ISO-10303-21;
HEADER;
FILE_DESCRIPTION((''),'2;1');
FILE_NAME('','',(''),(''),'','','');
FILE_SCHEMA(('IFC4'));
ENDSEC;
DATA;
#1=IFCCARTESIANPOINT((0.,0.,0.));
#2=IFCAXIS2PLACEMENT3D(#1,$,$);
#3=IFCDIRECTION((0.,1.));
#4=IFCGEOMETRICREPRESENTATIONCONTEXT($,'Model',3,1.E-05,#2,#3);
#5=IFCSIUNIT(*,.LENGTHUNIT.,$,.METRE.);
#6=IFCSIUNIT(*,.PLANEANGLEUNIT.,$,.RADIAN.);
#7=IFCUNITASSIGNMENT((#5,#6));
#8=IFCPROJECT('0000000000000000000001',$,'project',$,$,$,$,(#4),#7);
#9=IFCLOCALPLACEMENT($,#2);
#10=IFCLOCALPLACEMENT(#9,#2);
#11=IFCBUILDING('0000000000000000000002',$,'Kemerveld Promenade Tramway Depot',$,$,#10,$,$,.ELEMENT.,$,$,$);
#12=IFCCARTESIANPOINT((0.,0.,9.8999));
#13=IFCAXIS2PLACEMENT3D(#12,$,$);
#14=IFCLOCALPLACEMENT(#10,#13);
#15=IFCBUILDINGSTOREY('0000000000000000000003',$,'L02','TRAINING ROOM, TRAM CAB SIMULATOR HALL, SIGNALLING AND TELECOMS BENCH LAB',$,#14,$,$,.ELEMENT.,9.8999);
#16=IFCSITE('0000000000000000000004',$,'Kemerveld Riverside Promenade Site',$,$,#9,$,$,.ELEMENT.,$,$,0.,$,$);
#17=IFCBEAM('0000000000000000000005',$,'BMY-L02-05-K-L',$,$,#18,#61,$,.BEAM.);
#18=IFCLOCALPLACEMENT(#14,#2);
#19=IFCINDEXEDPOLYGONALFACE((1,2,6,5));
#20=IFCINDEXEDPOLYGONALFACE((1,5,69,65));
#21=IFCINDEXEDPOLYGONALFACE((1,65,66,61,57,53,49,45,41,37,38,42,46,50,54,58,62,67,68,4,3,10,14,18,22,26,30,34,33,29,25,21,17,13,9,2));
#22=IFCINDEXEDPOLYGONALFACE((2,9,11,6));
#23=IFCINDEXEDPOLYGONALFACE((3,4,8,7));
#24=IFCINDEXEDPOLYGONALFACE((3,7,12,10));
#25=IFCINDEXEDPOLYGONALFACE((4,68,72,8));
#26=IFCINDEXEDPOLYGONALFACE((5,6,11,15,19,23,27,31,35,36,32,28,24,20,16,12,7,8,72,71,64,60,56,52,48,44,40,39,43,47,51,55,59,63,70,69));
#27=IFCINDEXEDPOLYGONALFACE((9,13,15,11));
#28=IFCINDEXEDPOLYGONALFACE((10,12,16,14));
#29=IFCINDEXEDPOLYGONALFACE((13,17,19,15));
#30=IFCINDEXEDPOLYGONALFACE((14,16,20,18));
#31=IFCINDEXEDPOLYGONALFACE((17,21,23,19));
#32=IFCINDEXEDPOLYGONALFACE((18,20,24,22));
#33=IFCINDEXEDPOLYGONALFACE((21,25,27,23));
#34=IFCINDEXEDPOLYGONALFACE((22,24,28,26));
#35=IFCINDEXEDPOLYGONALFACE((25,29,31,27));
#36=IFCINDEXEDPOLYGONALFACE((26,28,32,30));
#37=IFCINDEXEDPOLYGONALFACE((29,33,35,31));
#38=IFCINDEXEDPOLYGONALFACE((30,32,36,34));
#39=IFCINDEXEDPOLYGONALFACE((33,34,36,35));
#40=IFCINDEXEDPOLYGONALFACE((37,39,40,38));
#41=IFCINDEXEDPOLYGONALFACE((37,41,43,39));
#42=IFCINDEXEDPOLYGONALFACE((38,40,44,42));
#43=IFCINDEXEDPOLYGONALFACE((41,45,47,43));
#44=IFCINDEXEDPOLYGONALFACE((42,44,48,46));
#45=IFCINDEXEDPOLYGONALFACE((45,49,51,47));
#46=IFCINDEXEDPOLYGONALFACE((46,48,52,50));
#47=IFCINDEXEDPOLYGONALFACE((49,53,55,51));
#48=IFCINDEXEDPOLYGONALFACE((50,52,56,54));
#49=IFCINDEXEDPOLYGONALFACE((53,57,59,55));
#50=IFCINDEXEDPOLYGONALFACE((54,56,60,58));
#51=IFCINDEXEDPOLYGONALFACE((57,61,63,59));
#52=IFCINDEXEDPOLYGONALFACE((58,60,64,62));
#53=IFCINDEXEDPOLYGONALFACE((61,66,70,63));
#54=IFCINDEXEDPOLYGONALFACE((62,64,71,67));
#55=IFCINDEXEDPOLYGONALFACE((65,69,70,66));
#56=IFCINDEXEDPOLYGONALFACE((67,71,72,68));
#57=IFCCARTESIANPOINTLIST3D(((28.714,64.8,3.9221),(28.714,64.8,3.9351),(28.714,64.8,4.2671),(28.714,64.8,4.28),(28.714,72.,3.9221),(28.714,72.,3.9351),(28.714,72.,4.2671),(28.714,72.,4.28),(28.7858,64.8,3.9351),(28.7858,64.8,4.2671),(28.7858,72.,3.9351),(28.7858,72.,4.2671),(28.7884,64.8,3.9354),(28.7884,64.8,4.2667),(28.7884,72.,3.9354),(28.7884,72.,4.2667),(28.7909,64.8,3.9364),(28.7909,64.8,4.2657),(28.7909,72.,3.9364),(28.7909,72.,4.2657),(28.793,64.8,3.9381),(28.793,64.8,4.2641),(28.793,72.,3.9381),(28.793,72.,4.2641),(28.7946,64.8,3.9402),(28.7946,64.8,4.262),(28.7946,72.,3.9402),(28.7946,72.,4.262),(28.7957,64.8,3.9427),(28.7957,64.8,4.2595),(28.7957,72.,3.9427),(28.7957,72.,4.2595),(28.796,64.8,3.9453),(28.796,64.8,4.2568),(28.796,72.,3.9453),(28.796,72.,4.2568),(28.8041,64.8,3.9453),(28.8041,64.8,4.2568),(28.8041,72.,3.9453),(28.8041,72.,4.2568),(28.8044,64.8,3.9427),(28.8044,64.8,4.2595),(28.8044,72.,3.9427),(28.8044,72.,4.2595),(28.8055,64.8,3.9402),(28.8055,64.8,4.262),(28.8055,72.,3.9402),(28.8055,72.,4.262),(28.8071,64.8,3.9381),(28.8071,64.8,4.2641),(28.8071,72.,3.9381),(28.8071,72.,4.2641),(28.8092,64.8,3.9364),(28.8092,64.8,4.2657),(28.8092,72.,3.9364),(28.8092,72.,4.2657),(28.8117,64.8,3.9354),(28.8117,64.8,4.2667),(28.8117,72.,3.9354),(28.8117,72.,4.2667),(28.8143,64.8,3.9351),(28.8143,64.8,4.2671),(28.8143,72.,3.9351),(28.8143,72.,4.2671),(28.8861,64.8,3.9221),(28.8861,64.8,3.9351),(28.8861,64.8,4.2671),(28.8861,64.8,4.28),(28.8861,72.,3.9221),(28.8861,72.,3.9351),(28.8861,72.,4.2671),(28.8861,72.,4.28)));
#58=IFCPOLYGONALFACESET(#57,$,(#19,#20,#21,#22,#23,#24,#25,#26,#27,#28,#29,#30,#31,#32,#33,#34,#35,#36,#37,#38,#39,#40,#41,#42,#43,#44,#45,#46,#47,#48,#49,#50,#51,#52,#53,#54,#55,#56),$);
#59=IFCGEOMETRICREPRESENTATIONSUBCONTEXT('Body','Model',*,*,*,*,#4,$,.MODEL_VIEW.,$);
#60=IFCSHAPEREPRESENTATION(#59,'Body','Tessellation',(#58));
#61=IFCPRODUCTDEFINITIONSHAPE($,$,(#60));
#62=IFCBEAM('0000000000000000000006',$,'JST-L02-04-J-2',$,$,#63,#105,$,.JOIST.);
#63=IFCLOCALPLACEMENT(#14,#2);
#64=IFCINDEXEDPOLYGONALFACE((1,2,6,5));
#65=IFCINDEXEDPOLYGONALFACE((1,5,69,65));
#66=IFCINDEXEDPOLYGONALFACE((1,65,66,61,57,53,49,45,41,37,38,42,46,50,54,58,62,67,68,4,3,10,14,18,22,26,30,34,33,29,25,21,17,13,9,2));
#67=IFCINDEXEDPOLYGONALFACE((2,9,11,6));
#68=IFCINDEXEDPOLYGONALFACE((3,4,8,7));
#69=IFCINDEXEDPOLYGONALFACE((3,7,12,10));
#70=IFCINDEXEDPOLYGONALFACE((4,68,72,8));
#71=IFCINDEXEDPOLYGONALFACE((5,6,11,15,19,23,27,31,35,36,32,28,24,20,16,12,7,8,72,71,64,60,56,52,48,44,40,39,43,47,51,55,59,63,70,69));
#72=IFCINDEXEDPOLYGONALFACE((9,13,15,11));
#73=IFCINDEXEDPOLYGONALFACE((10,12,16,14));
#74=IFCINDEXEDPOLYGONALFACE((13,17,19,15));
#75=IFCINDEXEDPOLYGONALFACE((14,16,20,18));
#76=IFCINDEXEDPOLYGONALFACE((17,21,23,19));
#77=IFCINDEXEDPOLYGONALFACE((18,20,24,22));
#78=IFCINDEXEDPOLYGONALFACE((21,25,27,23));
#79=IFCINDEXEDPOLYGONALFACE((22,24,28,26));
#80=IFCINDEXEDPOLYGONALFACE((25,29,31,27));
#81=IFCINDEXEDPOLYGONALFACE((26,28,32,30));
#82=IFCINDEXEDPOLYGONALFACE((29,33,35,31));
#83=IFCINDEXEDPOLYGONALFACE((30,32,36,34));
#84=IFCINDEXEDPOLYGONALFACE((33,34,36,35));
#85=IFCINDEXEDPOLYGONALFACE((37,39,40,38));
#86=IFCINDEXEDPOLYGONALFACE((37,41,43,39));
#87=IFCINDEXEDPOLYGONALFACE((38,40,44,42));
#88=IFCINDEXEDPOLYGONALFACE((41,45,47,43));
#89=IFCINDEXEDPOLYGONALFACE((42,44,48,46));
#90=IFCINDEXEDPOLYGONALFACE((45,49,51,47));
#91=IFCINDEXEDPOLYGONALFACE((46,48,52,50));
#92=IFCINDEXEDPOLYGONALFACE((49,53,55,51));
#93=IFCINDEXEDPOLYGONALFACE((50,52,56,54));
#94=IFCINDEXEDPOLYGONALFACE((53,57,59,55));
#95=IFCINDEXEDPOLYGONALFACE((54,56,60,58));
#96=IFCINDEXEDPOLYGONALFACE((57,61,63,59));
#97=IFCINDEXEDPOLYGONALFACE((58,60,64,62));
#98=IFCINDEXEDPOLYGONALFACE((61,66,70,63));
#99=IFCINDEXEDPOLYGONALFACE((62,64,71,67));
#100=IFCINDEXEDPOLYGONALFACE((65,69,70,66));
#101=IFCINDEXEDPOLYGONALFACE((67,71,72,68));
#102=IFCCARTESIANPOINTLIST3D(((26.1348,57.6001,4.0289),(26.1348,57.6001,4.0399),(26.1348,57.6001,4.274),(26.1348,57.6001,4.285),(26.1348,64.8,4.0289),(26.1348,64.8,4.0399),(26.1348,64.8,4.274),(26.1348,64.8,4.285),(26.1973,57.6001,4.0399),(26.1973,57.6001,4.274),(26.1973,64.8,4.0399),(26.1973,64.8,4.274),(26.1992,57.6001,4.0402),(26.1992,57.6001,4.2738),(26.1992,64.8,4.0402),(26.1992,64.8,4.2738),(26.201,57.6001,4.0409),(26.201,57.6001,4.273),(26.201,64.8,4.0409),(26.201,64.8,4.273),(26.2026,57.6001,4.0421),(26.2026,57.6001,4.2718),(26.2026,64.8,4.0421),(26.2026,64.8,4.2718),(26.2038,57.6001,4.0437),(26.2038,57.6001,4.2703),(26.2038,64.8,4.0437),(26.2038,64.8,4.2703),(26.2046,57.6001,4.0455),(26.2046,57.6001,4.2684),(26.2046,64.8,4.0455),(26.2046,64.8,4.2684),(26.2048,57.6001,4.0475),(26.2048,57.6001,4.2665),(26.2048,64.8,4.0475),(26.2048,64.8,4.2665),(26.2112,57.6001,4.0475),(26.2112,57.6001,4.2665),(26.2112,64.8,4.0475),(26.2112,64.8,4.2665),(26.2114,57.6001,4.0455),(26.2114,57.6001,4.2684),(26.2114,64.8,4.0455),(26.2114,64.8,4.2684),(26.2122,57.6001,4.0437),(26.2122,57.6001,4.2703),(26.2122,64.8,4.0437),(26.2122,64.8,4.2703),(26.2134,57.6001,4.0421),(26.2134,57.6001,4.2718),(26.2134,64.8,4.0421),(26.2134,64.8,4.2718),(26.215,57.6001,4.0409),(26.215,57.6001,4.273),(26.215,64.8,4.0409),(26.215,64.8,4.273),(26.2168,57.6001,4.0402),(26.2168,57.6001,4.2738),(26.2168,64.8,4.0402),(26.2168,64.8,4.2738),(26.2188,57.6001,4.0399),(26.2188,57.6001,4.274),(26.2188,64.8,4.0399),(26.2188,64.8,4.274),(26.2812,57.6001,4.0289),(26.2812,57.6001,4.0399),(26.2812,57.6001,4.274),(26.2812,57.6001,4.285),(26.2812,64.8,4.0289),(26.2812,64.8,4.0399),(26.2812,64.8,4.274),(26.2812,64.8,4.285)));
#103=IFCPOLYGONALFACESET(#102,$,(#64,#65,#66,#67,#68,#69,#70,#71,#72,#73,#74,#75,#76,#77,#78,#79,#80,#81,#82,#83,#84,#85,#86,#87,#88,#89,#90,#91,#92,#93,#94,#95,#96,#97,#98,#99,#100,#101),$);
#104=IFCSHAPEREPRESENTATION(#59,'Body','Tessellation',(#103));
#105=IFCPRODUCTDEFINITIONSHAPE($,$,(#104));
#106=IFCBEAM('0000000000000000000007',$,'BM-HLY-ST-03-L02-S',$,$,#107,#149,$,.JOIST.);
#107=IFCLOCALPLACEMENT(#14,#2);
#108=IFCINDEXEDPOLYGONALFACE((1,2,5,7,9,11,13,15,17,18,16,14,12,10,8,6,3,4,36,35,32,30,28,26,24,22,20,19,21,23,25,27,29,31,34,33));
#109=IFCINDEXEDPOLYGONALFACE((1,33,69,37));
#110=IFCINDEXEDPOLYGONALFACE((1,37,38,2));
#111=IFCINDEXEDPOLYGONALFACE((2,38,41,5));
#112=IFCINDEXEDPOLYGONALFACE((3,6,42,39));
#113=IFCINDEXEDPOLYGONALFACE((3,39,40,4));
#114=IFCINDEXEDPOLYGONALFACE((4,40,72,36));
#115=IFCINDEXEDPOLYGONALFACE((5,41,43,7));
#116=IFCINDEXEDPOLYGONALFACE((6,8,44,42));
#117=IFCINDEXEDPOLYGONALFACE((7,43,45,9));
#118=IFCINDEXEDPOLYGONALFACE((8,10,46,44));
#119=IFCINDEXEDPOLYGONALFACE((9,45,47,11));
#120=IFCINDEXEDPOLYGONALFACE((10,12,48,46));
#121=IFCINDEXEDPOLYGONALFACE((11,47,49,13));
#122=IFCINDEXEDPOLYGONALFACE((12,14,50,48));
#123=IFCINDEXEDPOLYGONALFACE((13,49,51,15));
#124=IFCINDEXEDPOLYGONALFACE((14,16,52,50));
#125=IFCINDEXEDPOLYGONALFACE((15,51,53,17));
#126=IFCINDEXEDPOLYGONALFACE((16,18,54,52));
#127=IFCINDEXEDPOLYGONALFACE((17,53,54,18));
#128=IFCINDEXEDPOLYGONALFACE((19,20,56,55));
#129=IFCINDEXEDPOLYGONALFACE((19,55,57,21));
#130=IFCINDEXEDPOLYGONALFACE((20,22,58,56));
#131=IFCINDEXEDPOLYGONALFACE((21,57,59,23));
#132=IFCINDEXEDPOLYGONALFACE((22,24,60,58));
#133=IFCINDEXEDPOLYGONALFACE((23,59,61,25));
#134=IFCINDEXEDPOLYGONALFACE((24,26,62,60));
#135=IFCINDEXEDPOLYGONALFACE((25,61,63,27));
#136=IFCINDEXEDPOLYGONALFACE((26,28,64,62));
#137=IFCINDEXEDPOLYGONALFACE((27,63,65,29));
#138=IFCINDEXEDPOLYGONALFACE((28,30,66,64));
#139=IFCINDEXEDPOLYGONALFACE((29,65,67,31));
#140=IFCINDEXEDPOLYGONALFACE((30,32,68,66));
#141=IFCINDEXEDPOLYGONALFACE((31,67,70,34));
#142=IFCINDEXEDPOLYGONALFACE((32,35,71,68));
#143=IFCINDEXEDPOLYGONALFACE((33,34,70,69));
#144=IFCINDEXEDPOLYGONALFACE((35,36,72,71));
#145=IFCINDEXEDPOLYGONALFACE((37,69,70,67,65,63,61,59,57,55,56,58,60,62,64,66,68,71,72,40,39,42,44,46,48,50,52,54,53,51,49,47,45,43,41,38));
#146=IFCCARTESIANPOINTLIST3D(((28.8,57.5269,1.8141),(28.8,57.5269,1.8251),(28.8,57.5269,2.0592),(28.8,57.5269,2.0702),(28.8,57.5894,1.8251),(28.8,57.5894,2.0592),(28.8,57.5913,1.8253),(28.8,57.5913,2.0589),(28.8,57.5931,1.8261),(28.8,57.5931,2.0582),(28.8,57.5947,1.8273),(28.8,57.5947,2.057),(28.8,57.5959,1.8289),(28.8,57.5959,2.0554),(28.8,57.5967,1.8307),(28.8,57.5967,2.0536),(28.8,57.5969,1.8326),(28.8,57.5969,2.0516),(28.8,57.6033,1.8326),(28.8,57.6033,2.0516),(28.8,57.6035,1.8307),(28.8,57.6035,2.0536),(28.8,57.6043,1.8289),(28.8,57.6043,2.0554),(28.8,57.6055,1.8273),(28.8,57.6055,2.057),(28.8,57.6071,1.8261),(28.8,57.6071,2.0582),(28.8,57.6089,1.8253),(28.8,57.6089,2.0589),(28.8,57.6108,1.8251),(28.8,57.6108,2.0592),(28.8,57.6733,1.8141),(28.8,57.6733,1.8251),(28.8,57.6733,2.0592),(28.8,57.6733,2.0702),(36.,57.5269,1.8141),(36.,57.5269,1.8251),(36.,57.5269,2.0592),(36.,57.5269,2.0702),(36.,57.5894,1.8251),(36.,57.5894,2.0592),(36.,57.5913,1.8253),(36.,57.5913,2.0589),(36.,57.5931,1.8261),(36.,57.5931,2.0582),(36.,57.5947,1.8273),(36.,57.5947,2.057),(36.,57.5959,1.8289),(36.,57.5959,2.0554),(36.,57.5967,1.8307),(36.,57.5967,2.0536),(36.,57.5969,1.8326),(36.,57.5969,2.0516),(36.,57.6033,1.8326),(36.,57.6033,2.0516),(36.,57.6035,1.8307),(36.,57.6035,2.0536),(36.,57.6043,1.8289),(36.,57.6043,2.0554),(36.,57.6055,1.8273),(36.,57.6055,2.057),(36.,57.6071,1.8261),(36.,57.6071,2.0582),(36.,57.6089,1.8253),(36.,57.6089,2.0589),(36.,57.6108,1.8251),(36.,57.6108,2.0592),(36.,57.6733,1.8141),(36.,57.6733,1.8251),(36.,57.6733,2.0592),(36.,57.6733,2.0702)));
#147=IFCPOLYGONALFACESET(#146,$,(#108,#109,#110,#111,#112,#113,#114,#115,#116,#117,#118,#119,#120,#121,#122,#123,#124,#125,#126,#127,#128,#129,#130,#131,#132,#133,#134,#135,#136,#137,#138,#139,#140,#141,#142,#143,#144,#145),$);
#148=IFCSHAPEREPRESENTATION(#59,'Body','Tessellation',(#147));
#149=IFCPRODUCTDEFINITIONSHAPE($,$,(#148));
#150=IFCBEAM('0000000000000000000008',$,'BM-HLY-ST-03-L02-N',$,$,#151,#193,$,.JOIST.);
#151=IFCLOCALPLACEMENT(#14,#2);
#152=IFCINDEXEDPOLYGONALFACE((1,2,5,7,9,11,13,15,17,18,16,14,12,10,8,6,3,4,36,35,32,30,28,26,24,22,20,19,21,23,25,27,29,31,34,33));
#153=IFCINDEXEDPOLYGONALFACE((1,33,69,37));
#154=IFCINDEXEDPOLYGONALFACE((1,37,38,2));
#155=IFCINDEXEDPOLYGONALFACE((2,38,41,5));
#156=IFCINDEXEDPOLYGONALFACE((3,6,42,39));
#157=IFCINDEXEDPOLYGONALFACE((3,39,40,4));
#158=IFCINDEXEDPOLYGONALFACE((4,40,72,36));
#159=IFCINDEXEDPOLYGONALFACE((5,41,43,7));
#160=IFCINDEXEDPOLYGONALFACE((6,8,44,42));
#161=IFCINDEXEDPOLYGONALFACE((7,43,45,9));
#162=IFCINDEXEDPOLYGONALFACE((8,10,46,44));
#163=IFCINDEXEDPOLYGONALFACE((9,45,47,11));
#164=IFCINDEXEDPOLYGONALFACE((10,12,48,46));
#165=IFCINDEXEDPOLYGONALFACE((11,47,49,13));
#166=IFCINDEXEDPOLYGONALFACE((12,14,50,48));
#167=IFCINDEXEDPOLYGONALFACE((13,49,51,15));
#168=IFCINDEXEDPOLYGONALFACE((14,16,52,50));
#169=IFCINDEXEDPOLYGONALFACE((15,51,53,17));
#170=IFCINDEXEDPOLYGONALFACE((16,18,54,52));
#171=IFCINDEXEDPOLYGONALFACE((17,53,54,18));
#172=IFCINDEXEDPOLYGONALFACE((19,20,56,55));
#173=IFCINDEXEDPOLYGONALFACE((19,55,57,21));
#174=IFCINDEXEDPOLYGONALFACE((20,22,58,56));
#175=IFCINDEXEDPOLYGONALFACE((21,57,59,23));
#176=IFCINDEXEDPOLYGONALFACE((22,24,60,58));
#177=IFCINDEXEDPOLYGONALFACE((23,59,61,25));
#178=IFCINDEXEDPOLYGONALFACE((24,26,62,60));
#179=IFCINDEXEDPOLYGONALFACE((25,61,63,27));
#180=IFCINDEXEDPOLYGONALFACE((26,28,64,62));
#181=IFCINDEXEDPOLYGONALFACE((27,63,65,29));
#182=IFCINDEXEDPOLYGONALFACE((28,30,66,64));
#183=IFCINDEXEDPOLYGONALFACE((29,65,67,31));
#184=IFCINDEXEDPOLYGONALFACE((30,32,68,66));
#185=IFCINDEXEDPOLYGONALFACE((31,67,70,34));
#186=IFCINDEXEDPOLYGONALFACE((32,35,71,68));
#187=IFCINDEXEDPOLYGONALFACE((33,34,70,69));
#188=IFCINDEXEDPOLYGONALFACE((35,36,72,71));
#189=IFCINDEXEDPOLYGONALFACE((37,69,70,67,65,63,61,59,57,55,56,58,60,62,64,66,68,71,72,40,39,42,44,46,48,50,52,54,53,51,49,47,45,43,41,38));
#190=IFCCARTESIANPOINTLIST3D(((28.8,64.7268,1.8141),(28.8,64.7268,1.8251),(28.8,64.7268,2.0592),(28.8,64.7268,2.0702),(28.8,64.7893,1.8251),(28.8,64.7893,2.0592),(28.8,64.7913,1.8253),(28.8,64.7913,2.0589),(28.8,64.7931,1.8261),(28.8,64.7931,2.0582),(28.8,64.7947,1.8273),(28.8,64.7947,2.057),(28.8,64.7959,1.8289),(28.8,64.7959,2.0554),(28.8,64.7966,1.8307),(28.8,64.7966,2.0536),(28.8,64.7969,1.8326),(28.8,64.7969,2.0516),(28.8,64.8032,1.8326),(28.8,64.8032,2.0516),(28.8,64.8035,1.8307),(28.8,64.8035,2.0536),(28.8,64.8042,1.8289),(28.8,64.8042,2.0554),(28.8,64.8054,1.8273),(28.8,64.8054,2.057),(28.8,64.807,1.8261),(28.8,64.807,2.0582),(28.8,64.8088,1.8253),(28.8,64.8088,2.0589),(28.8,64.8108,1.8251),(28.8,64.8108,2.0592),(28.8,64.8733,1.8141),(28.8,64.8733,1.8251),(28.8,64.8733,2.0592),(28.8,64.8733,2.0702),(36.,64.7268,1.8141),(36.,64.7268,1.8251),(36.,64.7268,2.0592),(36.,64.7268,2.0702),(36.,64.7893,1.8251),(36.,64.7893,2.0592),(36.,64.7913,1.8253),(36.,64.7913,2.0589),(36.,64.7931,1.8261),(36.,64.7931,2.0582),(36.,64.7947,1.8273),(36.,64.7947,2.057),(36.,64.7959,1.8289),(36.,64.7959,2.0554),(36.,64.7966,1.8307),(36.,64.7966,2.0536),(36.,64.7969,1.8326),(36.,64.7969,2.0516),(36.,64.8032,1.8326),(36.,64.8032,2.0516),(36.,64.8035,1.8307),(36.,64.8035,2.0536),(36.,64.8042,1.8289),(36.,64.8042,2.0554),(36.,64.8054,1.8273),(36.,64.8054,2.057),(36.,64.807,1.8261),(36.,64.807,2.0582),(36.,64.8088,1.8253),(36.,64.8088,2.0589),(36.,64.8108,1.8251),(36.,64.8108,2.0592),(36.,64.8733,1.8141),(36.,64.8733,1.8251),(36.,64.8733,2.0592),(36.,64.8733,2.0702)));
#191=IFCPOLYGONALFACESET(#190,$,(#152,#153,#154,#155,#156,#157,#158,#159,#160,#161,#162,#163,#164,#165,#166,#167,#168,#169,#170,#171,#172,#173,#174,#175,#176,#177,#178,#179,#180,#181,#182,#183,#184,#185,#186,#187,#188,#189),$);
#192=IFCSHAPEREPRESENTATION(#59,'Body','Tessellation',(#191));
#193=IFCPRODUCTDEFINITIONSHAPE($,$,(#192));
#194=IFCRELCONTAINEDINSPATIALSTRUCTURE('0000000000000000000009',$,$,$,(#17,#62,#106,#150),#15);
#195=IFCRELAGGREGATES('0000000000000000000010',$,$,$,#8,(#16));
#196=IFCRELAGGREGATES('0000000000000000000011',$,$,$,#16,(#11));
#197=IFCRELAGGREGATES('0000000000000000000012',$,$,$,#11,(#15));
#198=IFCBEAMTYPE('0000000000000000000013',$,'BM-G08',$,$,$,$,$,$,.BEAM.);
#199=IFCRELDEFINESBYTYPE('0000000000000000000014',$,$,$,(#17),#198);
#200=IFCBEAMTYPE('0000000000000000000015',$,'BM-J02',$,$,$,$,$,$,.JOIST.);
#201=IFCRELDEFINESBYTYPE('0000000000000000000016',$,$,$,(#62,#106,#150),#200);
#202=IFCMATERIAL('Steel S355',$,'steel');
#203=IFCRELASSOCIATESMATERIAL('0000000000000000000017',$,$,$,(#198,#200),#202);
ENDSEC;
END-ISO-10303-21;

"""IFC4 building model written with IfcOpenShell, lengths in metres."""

from ifc_helpers import new_model, si_unit, direction, frame, origin, origin_2d, place, context, subcontext, project, spatial, i_section, extrude, material, material_profile, profile_set, type_object, element, save


model = new_model("IFC4")

# Units and contexts
model_context = context("Model", 3, precision=1e-05, world=origin(), true_north=direction((0.0, 1.0)))
body_context = subcontext(model_context, "Body", "Model", "MODEL_VIEW")
ifc_project = project(units=[si_unit("LENGTHUNIT", "METRE"), si_unit("PLANEANGLEUNIT", "RADIAN")], contexts=[model_context])

# Site, building, storey
site_placement = place(None, origin())
site = spatial("IfcSite", under=ifc_project, at=site_placement, Name="Kemerveld Riverside Promenade Site", CompositionType="ELEMENT", RefElevation=0.0)
building_placement = place(site_placement, origin())
building = spatial("IfcBuilding", under=site, at=building_placement, Name="Kemerveld Promenade Tramway Depot", CompositionType="ELEMENT")
storey_placement = place(building_placement, frame((0.0, 0.0, 9.8999)))
storey = spatial("IfcBuildingStorey", under=building, at=storey_placement, Name="L02", Description="TRAINING ROOM, TRAM CAB SIMULATOR HALL, SIGNALLING AND TELECOMS BENCH LAB", CompositionType="ELEMENT", Elevation=9.8999)

# Shared definitions
ifc_material_1 = material(Name="Steel S355", Category="steel")

# Beams
ifc_material_profile_1 = material_profile(ifc_material_1, i_section(OverallWidth=0.1721, OverallDepth=0.3579, WebThickness=0.0081, FlangeThickness=0.0129, FilletRadius=0.0103, at=origin_2d()), Name="356x171x57 UB")
ifc_profile_set_1 = profile_set([ifc_material_profile_1], Name="Steel S355")
beam_type_1 = type_object("IfcBeamType", Name="BM-G08", PredefinedType="BEAM", material=ifc_profile_set_1)
for number, where, z_axis, x_axis, name in (
    (1, (28.8, 64.8, 4.1011), (0.0, 1.0, 0.0), (-1.0, 0.0, 0.0), "BMY-L02-05-K-L"),
):
    element("IfcBeam", number, at=place(storey_placement, frame(where, z_axis=z_axis, x_axis=x_axis)), inside=storey, type_object=beam_type_1, Name=name, PredefinedType="BEAM", context=body_context, shape_type="SweptSolid", body=[
        extrude(i_section(OverallWidth=0.1721, OverallDepth=0.3579, WebThickness=0.0081, FlangeThickness=0.0129, FilletRadius=0.0103, at=origin_2d()), origin(), (0.0, 0.0, 1.0), 7.2),
    ])
ifc_material_profile_2 = material_profile(ifc_material_1, i_section(OverallWidth=0.1465, OverallDepth=0.2561, WebThickness=0.0063, FlangeThickness=0.011, FilletRadius=0.0076, at=origin_2d()), Name="254x146x37 UB")
ifc_profile_set_2 = profile_set([ifc_material_profile_2], Name="Steel S355")
beam_type_2 = type_object("IfcBeamType", Name="BM-J02", PredefinedType="JOIST", material=ifc_profile_set_2)
for number, where, z_axis, x_axis, name in (
    (2, (26.208, 57.6001, 4.157), (0.0, 1.0, 0.0), (-1.0, 0.0, 0.0), "JST-L02-04-J-2"),
    (3, (28.8, 57.6001, 1.9421), (1.0, 0.0, 0.0), (0.0, 1.0, 0.0), "BM-HLY-ST-03-L02-S"),
    (4, (28.8, 64.8, 1.9421), (1.0, 0.0, 0.0), (0.0, 1.0, 0.0), "BM-HLY-ST-03-L02-N"),
):
    element("IfcBeam", number, at=place(storey_placement, frame(where, z_axis=z_axis, x_axis=x_axis)), inside=storey, type_object=beam_type_2, Name=name, PredefinedType="JOIST", context=body_context, shape_type="SweptSolid", body=[
        extrude(i_section(OverallWidth=0.1465, OverallDepth=0.2561, WebThickness=0.0063, FlangeThickness=0.011, FilletRadius=0.0076, at=origin_2d()), origin(), (0.0, 0.0, 1.0), 7.2),
    ])

save(model, "model.ifc")
